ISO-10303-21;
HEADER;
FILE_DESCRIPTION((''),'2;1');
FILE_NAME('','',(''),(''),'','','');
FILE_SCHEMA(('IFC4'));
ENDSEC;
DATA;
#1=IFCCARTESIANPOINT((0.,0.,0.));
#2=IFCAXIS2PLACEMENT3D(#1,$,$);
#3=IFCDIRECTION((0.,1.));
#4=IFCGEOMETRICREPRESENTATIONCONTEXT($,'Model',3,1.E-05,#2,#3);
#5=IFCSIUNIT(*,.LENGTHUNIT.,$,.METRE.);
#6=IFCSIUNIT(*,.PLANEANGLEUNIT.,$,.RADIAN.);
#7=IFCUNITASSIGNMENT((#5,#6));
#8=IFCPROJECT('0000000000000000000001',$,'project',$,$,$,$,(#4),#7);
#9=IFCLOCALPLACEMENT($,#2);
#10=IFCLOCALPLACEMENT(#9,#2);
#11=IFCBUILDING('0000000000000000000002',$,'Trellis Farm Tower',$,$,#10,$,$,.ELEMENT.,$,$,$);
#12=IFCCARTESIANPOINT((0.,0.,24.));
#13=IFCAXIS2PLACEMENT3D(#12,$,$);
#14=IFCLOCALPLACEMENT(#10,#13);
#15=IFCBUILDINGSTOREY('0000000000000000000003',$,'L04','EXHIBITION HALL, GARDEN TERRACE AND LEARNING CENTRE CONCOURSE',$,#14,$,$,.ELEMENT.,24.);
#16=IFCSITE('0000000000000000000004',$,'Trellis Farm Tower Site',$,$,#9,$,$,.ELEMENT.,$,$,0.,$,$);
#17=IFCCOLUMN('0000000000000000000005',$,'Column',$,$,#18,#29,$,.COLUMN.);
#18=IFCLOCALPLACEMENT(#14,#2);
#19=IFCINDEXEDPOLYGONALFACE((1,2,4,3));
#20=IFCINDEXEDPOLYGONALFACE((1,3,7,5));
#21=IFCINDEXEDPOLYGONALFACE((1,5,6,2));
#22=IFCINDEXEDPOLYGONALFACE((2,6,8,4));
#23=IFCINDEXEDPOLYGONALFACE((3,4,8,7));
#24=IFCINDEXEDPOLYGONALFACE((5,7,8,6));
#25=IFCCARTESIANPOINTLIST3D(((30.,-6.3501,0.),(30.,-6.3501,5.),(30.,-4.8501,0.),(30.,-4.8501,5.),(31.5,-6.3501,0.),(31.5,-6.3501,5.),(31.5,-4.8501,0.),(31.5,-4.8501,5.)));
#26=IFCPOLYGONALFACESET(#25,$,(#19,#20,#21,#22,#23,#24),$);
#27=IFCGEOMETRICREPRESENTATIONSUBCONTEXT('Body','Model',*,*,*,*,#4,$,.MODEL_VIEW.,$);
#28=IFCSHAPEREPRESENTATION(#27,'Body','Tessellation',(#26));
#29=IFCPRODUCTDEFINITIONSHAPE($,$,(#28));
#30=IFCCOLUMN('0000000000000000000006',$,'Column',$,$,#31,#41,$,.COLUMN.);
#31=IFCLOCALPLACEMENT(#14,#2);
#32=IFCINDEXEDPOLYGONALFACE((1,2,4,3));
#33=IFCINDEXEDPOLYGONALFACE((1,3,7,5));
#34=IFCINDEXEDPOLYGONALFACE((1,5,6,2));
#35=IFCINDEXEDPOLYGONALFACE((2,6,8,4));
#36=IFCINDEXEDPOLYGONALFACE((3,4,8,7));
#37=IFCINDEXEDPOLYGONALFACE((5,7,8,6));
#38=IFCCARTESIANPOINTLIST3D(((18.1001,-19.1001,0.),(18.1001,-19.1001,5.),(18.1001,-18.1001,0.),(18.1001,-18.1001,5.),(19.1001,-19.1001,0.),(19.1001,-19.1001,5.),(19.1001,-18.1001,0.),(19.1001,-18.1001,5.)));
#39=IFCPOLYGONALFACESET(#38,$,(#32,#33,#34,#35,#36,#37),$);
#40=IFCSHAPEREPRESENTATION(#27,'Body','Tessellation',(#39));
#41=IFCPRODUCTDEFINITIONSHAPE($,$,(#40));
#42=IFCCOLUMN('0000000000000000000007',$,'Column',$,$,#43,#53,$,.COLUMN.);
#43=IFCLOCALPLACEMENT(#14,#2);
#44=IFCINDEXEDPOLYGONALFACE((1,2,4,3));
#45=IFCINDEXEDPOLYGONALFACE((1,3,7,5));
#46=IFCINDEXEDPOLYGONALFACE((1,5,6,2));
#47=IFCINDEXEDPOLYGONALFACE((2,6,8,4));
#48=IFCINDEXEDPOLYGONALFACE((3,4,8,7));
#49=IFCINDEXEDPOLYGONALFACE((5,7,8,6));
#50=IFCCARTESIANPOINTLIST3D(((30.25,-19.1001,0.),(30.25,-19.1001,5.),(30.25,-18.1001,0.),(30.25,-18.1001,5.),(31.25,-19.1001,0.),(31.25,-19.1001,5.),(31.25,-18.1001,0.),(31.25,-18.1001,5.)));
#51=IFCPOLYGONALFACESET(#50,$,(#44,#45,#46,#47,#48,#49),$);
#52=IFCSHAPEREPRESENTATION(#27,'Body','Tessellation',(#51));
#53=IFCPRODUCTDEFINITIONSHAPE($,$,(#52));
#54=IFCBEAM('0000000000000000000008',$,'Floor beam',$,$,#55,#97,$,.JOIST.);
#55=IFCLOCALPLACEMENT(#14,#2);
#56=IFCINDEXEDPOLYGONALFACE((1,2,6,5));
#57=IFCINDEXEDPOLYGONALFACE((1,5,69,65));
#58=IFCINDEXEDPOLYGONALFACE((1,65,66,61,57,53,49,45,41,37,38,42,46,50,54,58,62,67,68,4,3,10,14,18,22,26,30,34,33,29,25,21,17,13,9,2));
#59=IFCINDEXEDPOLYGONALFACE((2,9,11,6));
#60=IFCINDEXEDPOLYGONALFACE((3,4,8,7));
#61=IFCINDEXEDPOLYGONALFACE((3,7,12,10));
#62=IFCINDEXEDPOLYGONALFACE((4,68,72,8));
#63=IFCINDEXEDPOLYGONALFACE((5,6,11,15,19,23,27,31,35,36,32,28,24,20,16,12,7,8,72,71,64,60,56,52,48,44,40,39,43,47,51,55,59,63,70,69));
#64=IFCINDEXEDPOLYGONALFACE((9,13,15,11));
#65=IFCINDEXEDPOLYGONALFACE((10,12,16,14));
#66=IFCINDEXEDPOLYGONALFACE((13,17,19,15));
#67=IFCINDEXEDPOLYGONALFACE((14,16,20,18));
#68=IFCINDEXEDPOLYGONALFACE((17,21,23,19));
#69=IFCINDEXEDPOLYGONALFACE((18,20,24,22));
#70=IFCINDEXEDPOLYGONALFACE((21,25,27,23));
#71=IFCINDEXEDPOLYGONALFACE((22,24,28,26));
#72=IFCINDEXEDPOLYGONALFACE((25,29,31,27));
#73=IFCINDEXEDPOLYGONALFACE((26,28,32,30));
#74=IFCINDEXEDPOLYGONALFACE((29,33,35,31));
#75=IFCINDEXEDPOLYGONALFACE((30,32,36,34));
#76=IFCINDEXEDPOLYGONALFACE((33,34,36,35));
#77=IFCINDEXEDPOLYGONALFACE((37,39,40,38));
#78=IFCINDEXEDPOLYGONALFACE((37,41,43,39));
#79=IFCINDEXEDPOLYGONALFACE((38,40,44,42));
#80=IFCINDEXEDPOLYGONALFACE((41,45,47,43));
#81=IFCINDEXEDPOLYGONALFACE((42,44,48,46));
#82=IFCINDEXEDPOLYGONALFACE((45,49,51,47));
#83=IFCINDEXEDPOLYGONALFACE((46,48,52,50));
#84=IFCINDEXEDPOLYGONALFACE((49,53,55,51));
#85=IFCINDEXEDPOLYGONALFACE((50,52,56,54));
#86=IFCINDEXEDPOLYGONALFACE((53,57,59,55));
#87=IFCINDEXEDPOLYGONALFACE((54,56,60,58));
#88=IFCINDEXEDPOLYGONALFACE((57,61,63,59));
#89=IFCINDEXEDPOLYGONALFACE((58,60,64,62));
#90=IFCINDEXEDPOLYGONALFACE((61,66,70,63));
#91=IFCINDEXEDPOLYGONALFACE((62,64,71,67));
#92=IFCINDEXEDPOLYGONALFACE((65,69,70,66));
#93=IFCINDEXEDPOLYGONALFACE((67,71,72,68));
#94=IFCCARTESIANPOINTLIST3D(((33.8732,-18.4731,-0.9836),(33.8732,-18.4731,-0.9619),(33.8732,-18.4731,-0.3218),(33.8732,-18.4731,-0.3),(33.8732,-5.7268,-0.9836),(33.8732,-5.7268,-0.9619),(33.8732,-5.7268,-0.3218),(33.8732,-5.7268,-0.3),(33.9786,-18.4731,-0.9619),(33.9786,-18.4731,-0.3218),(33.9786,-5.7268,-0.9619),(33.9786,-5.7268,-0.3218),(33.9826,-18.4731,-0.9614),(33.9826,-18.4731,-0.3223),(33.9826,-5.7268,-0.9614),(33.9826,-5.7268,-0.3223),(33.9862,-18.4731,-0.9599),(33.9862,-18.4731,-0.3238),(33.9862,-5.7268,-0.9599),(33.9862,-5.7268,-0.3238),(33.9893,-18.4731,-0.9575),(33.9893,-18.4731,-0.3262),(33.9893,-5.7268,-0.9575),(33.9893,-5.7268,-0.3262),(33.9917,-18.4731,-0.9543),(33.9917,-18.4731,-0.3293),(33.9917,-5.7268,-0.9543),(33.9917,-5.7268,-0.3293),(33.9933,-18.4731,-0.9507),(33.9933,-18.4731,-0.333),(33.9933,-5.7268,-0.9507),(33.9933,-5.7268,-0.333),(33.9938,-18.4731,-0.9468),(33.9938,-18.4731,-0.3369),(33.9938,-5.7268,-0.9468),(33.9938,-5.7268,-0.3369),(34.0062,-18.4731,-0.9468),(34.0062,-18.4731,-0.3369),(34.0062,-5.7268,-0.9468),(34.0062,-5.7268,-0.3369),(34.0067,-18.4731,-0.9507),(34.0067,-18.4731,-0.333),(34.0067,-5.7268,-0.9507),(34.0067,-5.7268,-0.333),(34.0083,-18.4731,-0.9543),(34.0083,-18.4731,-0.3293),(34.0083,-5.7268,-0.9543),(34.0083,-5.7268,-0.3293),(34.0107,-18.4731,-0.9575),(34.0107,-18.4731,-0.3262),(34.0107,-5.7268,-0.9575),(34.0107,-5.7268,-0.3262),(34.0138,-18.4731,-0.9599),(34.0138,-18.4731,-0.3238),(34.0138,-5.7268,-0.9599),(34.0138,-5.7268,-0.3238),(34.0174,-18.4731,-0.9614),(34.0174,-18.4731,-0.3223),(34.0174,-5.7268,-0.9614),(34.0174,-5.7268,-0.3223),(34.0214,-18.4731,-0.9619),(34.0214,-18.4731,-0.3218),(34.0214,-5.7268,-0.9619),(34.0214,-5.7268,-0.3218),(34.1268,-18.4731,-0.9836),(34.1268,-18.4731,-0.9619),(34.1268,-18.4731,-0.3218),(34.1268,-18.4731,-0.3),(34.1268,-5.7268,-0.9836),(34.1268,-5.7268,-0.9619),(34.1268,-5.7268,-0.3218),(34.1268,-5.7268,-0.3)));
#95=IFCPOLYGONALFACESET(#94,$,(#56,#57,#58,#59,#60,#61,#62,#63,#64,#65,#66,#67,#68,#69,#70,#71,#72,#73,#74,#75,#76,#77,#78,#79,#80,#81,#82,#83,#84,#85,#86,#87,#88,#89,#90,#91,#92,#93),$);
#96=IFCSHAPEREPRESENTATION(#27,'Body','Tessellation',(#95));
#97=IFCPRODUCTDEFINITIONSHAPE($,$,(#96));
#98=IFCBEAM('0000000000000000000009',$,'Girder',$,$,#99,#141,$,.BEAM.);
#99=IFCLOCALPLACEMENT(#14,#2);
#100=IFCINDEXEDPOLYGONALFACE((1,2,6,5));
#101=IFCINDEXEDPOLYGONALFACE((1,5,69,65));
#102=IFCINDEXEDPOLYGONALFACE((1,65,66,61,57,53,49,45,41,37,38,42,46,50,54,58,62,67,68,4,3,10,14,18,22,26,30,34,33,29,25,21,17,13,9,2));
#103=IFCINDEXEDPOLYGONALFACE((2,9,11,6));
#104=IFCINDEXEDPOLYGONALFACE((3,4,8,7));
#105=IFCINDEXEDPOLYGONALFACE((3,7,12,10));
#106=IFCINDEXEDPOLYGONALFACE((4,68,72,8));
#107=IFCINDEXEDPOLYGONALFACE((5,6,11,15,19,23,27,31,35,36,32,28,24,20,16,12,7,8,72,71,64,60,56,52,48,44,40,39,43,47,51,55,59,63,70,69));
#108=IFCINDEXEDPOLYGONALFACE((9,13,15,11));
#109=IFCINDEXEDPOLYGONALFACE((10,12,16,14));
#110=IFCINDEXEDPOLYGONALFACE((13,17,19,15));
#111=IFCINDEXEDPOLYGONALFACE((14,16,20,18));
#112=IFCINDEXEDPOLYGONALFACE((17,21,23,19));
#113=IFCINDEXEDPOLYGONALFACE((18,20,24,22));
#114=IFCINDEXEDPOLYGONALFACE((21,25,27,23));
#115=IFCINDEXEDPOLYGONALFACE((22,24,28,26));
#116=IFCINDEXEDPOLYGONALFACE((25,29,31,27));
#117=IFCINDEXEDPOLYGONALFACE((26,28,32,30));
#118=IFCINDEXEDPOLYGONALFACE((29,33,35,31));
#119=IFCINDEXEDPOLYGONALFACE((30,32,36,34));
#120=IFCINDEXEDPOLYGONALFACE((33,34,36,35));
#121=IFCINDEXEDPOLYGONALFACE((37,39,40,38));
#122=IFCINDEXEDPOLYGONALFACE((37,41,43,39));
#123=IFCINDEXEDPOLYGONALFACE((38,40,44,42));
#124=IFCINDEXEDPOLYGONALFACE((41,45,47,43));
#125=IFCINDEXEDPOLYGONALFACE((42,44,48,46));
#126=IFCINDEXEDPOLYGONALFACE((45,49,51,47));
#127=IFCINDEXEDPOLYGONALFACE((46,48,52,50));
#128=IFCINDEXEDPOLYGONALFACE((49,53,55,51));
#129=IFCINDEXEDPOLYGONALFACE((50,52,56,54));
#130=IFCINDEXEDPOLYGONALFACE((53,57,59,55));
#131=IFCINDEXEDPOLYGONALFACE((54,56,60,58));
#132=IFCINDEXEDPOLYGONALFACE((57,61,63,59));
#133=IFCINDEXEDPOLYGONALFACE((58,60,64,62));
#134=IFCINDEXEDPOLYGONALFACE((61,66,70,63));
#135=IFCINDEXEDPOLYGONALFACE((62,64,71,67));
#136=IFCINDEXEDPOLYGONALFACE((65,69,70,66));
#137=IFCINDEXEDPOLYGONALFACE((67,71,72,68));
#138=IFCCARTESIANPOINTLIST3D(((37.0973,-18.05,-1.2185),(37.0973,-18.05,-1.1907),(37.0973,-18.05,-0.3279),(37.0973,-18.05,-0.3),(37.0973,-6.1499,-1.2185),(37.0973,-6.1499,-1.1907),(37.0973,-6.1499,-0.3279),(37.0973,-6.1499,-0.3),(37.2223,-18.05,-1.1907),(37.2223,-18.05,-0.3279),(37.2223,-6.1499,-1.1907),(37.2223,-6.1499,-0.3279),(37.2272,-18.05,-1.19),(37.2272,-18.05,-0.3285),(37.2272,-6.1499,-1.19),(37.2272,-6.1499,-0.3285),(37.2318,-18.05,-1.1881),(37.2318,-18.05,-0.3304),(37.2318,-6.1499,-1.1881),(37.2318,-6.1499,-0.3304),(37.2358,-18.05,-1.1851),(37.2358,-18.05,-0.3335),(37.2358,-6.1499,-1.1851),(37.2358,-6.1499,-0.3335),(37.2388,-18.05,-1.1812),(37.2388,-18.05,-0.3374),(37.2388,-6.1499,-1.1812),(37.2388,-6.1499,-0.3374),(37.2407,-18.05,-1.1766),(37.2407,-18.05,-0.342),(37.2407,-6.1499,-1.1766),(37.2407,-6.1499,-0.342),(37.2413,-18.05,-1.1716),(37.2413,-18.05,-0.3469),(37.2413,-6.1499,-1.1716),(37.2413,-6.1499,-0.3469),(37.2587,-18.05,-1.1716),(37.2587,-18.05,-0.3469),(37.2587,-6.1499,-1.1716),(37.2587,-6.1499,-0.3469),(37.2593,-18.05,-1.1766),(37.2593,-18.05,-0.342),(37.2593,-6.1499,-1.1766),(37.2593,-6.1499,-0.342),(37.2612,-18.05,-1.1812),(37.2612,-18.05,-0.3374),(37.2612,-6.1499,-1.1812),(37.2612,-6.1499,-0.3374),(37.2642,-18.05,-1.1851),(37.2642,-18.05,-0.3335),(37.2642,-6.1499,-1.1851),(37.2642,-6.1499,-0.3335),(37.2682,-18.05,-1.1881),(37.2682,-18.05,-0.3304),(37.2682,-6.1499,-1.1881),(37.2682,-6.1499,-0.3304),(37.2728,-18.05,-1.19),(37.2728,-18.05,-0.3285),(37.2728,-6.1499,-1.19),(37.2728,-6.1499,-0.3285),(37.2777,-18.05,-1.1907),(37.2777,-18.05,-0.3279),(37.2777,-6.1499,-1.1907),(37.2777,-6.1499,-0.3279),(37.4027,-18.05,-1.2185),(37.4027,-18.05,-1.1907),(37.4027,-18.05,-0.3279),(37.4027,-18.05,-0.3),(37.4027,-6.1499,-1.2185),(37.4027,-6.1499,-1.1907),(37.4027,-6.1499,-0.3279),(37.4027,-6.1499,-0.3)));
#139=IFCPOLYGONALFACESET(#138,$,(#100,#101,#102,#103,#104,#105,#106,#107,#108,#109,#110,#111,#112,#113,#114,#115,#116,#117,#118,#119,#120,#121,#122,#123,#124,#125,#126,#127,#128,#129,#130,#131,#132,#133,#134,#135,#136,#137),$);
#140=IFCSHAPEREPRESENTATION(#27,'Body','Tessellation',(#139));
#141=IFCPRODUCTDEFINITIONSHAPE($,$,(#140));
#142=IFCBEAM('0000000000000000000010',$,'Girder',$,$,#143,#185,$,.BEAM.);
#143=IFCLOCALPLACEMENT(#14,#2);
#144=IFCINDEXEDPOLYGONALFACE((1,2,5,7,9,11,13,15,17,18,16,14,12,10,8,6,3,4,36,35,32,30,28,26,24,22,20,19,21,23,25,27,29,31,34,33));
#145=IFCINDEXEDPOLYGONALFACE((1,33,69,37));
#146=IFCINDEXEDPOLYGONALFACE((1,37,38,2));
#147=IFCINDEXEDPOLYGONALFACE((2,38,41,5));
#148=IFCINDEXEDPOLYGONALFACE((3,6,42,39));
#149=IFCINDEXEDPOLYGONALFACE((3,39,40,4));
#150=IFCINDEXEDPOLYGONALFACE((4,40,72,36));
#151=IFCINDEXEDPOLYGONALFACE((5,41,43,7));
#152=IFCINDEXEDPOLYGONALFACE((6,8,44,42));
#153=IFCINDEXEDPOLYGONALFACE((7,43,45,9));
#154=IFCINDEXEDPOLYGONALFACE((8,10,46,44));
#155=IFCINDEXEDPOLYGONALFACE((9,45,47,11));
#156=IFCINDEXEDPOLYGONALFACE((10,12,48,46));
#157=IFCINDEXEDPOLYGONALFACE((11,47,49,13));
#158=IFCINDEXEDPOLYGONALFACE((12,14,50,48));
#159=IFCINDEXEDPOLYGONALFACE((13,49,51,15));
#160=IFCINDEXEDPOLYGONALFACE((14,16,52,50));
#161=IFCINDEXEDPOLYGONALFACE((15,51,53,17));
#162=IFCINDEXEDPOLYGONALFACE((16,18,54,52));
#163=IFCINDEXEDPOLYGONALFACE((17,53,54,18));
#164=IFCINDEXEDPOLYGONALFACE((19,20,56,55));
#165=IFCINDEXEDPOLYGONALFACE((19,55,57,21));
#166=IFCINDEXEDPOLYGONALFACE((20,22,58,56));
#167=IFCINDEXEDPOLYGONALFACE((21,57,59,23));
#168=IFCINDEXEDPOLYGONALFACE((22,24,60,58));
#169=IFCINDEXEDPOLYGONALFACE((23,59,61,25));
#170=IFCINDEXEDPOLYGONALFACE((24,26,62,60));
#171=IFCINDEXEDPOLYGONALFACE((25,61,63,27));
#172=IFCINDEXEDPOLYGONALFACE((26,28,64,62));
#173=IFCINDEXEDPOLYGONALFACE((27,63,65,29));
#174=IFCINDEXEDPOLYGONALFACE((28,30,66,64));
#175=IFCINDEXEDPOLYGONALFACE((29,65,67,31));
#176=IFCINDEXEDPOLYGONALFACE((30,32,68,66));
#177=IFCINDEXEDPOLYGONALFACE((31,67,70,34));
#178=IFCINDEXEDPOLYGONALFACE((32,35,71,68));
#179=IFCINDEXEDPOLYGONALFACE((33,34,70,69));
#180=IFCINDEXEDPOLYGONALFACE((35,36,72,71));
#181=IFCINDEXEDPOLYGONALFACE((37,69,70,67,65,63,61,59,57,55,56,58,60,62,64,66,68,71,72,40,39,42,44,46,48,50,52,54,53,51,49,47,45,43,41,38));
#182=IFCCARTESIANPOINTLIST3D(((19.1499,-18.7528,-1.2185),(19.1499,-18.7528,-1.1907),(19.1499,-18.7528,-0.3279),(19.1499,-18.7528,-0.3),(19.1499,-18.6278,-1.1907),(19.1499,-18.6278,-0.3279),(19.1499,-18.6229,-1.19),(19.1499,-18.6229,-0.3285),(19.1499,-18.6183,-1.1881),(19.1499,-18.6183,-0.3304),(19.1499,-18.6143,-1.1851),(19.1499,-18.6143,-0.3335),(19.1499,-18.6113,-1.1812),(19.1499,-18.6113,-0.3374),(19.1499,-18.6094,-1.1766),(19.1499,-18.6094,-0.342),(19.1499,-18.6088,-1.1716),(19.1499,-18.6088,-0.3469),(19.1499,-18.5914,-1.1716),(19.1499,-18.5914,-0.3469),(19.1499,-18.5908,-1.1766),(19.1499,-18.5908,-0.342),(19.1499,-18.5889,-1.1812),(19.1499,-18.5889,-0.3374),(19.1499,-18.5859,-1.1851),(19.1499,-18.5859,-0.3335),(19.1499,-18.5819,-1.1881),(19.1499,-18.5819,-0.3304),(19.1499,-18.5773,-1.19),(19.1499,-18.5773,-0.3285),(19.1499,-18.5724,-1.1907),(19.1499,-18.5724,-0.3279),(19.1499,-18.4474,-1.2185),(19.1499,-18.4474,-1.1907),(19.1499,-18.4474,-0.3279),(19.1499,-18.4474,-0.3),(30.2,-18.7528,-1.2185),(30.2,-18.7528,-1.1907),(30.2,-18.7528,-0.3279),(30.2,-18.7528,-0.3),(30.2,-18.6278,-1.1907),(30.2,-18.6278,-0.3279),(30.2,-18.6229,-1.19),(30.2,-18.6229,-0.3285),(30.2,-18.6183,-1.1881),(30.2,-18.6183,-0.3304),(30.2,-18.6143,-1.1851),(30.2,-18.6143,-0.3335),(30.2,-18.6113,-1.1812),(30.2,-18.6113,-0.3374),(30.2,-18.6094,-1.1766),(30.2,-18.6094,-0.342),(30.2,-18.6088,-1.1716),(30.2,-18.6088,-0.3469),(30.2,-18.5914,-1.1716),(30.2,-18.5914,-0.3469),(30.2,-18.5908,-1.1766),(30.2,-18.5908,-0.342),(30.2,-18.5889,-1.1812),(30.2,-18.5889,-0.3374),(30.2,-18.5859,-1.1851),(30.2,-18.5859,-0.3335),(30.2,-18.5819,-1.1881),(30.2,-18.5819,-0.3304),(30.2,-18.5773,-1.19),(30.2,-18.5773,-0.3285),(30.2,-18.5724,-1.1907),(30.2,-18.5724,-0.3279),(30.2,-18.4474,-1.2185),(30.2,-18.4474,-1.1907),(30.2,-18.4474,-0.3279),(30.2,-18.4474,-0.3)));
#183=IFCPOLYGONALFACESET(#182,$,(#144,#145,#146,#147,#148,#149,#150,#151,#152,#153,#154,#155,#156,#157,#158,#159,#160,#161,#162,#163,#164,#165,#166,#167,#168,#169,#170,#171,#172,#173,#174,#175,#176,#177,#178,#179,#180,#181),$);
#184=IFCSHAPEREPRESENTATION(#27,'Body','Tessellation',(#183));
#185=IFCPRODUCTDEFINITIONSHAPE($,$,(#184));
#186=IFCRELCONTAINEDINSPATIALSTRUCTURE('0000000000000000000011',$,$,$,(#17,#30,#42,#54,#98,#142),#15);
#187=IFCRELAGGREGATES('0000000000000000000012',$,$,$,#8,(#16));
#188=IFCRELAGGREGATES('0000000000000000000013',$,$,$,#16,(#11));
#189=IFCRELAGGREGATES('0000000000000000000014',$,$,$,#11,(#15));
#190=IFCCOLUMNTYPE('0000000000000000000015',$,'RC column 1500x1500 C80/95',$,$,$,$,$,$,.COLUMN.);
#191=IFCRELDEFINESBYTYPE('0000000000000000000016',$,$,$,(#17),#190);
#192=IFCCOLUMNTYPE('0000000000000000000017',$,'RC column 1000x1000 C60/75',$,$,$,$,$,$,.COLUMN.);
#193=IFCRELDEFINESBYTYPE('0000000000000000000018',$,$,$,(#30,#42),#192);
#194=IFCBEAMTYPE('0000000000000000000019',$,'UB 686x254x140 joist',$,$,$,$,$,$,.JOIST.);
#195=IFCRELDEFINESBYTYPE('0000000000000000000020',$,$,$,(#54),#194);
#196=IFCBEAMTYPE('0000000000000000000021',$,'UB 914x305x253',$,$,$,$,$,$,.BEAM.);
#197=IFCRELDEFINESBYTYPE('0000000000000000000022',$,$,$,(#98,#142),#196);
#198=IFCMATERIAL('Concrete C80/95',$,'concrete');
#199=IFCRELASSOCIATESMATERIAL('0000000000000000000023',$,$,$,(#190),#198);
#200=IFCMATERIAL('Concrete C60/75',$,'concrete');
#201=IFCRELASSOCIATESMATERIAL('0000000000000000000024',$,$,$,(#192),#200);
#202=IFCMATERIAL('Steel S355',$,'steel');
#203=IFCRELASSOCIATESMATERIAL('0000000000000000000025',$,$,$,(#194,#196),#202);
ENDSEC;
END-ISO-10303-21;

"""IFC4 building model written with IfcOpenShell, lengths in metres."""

from ifc_helpers import new_model, si_unit, direction, frame, origin, origin_2d, place, context, subcontext, project, spatial, rectangle, i_section, extrude, source, transform, mapped, material, material_profile, profile_set, type_object, element, save


model = new_model("IFC4")

# Units and contexts
model_context = context("Model", 3, precision=1e-05, world=origin(), true_north=direction((0.0, 1.0)))
body_context = subcontext(model_context, "Body", "Model", "MODEL_VIEW")
ifc_project = project(units=[si_unit("LENGTHUNIT", "METRE"), si_unit("PLANEANGLEUNIT", "RADIAN")], contexts=[model_context])

# Site, building, storey
site_placement = place(None, origin())
site = spatial("IfcSite", under=ifc_project, at=site_placement, Name="Trellis Farm Tower Site", CompositionType="ELEMENT", RefElevation=0.0)
building_placement = place(site_placement, origin())
building = spatial("IfcBuilding", under=site, at=building_placement, Name="Trellis Farm Tower", CompositionType="ELEMENT")
storey_placement = place(building_placement, frame((0.0, 0.0, 24.0)))
storey = spatial("IfcBuildingStorey", under=building, at=storey_placement, Name="L04", Description="EXHIBITION HALL, GARDEN TERRACE AND LEARNING CENTRE CONCOURSE", CompositionType="ELEMENT", Elevation=24.0)

# Columns
ifc_material_1 = material(Name="Concrete C80/95", Category="concrete")
ifc_material_profile_1 = material_profile(ifc_material_1, rectangle(XDim=1.5, YDim=1.5, at=origin_2d()), Name="RC column 1500x1500 C80/95")
ifc_profile_set_1 = profile_set([ifc_material_profile_1], Name="Concrete C80/95")
column_type_1 = type_object("IfcColumnType", Name="RC column 1500x1500 C80/95", PredefinedType="COLUMN", material=ifc_profile_set_1)
shared_shape_1 = source(origin(), body_context, "Body", "SweptSolid", [
    extrude(rectangle(XDim=1.5, YDim=1.5, at=origin_2d()), origin(), (0.0, 0.0, 1.0), 5.0),
])
column_placement = place(storey_placement, frame((30.75, -5.6001, 0.0), z_axis=(0.0, 0.0, 1.0), x_axis=(1.0, 0.0, 0.0)))
element("IfcColumn", 1, at=column_placement, inside=storey, type_object=column_type_1, Name="Column", PredefinedType="COLUMN", context=body_context, shape_type="MappedRepresentation", body=[
    mapped(shared_shape_1, transform((0.0, 0.0, 0.0))),
])
ifc_material_2 = material(Name="Concrete C60/75", Category="concrete")
ifc_material_profile_2 = material_profile(ifc_material_2, rectangle(XDim=1.0, YDim=1.0, at=origin_2d()), Name="RC column 1000x1000 C60/75")
ifc_profile_set_2 = profile_set([ifc_material_profile_2], Name="Concrete C60/75")
column_type_2 = type_object("IfcColumnType", Name="RC column 1000x1000 C60/75", PredefinedType="COLUMN", material=ifc_profile_set_2)
shared_shape_2 = source(origin(), body_context, "Body", "SweptSolid", [
    extrude(rectangle(XDim=1.0, YDim=1.0, at=origin_2d()), origin(), (0.0, 0.0, 1.0), 5.0),
])
for number, where, z_axis, x_axis, name in (
    (2, (18.6001, -18.6001, 0.0), (0.0, 0.0, 1.0), (1.0, 0.0, 0.0), "Column"),
    (3, (30.75, -18.6001, 0.0), (0.0, 0.0, 1.0), (1.0, 0.0, 0.0), "Column"),
):
    element("IfcColumn", number, at=place(storey_placement, frame(where, z_axis=z_axis, x_axis=x_axis)), inside=storey, type_object=column_type_2, Name=name, PredefinedType="COLUMN", context=body_context, shape_type="MappedRepresentation", body=[
        mapped(shared_shape_2, transform((0.0, 0.0, 0.0))),
    ])

# Beams
ifc_material_3 = material(Name="Steel S355", Category="steel")
ifc_material_profile_3 = material_profile(ifc_material_3, i_section(OverallWidth=0.2537, OverallDepth=0.6836, WebThickness=0.0125, FlangeThickness=0.0217, FilletRadius=0.0151, at=origin_2d()), Name="UB 686x254x140")
ifc_profile_set_3 = profile_set([ifc_material_profile_3], Name="Steel S355")
beam_type_1 = type_object("IfcBeamType", Name="UB 686x254x140 joist", PredefinedType="JOIST", material=ifc_profile_set_3)
shared_shape_3 = source(origin(), body_context, "Body", "SweptSolid", [
    extrude(i_section(OverallWidth=0.2537, OverallDepth=0.6836, WebThickness=0.0125, FlangeThickness=0.0217, FilletRadius=0.0151, at=origin_2d()), origin(), (0.0, 0.0, 1.0), 12.7463),
])
beam_1_placement = place(storey_placement, frame((34.0, -18.4731, -0.6418), z_axis=(0.0, 1.0, 0.0), x_axis=(-1.0, 0.0, 0.0)))
element("IfcBeam", 4, at=beam_1_placement, inside=storey, type_object=beam_type_1, Name="Floor beam", PredefinedType="JOIST", context=body_context, shape_type="MappedRepresentation", body=[
    mapped(shared_shape_3, transform((0.0, 0.0, 0.0))),
])
ifc_material_profile_4 = material_profile(ifc_material_3, i_section(OverallWidth=0.3054, OverallDepth=0.9185, WebThickness=0.0173, FlangeThickness=0.0278, FilletRadius=0.019, at=origin_2d()), Name="UB 914x305x253")
ifc_profile_set_4 = profile_set([ifc_material_profile_4], Name="Steel S355")
beam_type_2 = type_object("IfcBeamType", Name="UB 914x305x253", PredefinedType="BEAM", material=ifc_profile_set_4)
shared_shape_4 = source(origin(), body_context, "Body", "SweptSolid", [
    extrude(i_section(OverallWidth=0.3054, OverallDepth=0.9185, WebThickness=0.0173, FlangeThickness=0.0278, FilletRadius=0.019, at=origin_2d()), origin(), (0.0, 0.0, 1.0), 11.9001),
])
beam_2_placement = place(storey_placement, frame((37.25, -18.05, -0.7593), z_axis=(0.0, 1.0, 0.0), x_axis=(-1.0, 0.0, 0.0)))
element("IfcBeam", 5, at=beam_2_placement, inside=storey, type_object=beam_type_2, Name="Girder", PredefinedType="BEAM", context=body_context, shape_type="MappedRepresentation", body=[
    mapped(shared_shape_4, transform((0.0, 0.0, 0.0))),
])
shared_shape_5 = source(origin(), body_context, "Body", "SweptSolid", [
    extrude(i_section(OverallWidth=0.3054, OverallDepth=0.9185, WebThickness=0.0173, FlangeThickness=0.0278, FilletRadius=0.019, at=origin_2d()), origin(), (0.0, 0.0, 1.0), 11.05),
])
beam_3_placement = place(storey_placement, frame((19.1499, -18.6001, -0.7593), z_axis=(1.0, 0.0, 0.0), x_axis=(0.0, 1.0, 0.0)))
element("IfcBeam", 6, at=beam_3_placement, inside=storey, type_object=beam_type_2, Name="Girder", PredefinedType="BEAM", context=body_context, shape_type="MappedRepresentation", body=[
    mapped(shared_shape_5, transform((0.0, 0.0, 0.0))),
])

save(model, "model.ifc")
